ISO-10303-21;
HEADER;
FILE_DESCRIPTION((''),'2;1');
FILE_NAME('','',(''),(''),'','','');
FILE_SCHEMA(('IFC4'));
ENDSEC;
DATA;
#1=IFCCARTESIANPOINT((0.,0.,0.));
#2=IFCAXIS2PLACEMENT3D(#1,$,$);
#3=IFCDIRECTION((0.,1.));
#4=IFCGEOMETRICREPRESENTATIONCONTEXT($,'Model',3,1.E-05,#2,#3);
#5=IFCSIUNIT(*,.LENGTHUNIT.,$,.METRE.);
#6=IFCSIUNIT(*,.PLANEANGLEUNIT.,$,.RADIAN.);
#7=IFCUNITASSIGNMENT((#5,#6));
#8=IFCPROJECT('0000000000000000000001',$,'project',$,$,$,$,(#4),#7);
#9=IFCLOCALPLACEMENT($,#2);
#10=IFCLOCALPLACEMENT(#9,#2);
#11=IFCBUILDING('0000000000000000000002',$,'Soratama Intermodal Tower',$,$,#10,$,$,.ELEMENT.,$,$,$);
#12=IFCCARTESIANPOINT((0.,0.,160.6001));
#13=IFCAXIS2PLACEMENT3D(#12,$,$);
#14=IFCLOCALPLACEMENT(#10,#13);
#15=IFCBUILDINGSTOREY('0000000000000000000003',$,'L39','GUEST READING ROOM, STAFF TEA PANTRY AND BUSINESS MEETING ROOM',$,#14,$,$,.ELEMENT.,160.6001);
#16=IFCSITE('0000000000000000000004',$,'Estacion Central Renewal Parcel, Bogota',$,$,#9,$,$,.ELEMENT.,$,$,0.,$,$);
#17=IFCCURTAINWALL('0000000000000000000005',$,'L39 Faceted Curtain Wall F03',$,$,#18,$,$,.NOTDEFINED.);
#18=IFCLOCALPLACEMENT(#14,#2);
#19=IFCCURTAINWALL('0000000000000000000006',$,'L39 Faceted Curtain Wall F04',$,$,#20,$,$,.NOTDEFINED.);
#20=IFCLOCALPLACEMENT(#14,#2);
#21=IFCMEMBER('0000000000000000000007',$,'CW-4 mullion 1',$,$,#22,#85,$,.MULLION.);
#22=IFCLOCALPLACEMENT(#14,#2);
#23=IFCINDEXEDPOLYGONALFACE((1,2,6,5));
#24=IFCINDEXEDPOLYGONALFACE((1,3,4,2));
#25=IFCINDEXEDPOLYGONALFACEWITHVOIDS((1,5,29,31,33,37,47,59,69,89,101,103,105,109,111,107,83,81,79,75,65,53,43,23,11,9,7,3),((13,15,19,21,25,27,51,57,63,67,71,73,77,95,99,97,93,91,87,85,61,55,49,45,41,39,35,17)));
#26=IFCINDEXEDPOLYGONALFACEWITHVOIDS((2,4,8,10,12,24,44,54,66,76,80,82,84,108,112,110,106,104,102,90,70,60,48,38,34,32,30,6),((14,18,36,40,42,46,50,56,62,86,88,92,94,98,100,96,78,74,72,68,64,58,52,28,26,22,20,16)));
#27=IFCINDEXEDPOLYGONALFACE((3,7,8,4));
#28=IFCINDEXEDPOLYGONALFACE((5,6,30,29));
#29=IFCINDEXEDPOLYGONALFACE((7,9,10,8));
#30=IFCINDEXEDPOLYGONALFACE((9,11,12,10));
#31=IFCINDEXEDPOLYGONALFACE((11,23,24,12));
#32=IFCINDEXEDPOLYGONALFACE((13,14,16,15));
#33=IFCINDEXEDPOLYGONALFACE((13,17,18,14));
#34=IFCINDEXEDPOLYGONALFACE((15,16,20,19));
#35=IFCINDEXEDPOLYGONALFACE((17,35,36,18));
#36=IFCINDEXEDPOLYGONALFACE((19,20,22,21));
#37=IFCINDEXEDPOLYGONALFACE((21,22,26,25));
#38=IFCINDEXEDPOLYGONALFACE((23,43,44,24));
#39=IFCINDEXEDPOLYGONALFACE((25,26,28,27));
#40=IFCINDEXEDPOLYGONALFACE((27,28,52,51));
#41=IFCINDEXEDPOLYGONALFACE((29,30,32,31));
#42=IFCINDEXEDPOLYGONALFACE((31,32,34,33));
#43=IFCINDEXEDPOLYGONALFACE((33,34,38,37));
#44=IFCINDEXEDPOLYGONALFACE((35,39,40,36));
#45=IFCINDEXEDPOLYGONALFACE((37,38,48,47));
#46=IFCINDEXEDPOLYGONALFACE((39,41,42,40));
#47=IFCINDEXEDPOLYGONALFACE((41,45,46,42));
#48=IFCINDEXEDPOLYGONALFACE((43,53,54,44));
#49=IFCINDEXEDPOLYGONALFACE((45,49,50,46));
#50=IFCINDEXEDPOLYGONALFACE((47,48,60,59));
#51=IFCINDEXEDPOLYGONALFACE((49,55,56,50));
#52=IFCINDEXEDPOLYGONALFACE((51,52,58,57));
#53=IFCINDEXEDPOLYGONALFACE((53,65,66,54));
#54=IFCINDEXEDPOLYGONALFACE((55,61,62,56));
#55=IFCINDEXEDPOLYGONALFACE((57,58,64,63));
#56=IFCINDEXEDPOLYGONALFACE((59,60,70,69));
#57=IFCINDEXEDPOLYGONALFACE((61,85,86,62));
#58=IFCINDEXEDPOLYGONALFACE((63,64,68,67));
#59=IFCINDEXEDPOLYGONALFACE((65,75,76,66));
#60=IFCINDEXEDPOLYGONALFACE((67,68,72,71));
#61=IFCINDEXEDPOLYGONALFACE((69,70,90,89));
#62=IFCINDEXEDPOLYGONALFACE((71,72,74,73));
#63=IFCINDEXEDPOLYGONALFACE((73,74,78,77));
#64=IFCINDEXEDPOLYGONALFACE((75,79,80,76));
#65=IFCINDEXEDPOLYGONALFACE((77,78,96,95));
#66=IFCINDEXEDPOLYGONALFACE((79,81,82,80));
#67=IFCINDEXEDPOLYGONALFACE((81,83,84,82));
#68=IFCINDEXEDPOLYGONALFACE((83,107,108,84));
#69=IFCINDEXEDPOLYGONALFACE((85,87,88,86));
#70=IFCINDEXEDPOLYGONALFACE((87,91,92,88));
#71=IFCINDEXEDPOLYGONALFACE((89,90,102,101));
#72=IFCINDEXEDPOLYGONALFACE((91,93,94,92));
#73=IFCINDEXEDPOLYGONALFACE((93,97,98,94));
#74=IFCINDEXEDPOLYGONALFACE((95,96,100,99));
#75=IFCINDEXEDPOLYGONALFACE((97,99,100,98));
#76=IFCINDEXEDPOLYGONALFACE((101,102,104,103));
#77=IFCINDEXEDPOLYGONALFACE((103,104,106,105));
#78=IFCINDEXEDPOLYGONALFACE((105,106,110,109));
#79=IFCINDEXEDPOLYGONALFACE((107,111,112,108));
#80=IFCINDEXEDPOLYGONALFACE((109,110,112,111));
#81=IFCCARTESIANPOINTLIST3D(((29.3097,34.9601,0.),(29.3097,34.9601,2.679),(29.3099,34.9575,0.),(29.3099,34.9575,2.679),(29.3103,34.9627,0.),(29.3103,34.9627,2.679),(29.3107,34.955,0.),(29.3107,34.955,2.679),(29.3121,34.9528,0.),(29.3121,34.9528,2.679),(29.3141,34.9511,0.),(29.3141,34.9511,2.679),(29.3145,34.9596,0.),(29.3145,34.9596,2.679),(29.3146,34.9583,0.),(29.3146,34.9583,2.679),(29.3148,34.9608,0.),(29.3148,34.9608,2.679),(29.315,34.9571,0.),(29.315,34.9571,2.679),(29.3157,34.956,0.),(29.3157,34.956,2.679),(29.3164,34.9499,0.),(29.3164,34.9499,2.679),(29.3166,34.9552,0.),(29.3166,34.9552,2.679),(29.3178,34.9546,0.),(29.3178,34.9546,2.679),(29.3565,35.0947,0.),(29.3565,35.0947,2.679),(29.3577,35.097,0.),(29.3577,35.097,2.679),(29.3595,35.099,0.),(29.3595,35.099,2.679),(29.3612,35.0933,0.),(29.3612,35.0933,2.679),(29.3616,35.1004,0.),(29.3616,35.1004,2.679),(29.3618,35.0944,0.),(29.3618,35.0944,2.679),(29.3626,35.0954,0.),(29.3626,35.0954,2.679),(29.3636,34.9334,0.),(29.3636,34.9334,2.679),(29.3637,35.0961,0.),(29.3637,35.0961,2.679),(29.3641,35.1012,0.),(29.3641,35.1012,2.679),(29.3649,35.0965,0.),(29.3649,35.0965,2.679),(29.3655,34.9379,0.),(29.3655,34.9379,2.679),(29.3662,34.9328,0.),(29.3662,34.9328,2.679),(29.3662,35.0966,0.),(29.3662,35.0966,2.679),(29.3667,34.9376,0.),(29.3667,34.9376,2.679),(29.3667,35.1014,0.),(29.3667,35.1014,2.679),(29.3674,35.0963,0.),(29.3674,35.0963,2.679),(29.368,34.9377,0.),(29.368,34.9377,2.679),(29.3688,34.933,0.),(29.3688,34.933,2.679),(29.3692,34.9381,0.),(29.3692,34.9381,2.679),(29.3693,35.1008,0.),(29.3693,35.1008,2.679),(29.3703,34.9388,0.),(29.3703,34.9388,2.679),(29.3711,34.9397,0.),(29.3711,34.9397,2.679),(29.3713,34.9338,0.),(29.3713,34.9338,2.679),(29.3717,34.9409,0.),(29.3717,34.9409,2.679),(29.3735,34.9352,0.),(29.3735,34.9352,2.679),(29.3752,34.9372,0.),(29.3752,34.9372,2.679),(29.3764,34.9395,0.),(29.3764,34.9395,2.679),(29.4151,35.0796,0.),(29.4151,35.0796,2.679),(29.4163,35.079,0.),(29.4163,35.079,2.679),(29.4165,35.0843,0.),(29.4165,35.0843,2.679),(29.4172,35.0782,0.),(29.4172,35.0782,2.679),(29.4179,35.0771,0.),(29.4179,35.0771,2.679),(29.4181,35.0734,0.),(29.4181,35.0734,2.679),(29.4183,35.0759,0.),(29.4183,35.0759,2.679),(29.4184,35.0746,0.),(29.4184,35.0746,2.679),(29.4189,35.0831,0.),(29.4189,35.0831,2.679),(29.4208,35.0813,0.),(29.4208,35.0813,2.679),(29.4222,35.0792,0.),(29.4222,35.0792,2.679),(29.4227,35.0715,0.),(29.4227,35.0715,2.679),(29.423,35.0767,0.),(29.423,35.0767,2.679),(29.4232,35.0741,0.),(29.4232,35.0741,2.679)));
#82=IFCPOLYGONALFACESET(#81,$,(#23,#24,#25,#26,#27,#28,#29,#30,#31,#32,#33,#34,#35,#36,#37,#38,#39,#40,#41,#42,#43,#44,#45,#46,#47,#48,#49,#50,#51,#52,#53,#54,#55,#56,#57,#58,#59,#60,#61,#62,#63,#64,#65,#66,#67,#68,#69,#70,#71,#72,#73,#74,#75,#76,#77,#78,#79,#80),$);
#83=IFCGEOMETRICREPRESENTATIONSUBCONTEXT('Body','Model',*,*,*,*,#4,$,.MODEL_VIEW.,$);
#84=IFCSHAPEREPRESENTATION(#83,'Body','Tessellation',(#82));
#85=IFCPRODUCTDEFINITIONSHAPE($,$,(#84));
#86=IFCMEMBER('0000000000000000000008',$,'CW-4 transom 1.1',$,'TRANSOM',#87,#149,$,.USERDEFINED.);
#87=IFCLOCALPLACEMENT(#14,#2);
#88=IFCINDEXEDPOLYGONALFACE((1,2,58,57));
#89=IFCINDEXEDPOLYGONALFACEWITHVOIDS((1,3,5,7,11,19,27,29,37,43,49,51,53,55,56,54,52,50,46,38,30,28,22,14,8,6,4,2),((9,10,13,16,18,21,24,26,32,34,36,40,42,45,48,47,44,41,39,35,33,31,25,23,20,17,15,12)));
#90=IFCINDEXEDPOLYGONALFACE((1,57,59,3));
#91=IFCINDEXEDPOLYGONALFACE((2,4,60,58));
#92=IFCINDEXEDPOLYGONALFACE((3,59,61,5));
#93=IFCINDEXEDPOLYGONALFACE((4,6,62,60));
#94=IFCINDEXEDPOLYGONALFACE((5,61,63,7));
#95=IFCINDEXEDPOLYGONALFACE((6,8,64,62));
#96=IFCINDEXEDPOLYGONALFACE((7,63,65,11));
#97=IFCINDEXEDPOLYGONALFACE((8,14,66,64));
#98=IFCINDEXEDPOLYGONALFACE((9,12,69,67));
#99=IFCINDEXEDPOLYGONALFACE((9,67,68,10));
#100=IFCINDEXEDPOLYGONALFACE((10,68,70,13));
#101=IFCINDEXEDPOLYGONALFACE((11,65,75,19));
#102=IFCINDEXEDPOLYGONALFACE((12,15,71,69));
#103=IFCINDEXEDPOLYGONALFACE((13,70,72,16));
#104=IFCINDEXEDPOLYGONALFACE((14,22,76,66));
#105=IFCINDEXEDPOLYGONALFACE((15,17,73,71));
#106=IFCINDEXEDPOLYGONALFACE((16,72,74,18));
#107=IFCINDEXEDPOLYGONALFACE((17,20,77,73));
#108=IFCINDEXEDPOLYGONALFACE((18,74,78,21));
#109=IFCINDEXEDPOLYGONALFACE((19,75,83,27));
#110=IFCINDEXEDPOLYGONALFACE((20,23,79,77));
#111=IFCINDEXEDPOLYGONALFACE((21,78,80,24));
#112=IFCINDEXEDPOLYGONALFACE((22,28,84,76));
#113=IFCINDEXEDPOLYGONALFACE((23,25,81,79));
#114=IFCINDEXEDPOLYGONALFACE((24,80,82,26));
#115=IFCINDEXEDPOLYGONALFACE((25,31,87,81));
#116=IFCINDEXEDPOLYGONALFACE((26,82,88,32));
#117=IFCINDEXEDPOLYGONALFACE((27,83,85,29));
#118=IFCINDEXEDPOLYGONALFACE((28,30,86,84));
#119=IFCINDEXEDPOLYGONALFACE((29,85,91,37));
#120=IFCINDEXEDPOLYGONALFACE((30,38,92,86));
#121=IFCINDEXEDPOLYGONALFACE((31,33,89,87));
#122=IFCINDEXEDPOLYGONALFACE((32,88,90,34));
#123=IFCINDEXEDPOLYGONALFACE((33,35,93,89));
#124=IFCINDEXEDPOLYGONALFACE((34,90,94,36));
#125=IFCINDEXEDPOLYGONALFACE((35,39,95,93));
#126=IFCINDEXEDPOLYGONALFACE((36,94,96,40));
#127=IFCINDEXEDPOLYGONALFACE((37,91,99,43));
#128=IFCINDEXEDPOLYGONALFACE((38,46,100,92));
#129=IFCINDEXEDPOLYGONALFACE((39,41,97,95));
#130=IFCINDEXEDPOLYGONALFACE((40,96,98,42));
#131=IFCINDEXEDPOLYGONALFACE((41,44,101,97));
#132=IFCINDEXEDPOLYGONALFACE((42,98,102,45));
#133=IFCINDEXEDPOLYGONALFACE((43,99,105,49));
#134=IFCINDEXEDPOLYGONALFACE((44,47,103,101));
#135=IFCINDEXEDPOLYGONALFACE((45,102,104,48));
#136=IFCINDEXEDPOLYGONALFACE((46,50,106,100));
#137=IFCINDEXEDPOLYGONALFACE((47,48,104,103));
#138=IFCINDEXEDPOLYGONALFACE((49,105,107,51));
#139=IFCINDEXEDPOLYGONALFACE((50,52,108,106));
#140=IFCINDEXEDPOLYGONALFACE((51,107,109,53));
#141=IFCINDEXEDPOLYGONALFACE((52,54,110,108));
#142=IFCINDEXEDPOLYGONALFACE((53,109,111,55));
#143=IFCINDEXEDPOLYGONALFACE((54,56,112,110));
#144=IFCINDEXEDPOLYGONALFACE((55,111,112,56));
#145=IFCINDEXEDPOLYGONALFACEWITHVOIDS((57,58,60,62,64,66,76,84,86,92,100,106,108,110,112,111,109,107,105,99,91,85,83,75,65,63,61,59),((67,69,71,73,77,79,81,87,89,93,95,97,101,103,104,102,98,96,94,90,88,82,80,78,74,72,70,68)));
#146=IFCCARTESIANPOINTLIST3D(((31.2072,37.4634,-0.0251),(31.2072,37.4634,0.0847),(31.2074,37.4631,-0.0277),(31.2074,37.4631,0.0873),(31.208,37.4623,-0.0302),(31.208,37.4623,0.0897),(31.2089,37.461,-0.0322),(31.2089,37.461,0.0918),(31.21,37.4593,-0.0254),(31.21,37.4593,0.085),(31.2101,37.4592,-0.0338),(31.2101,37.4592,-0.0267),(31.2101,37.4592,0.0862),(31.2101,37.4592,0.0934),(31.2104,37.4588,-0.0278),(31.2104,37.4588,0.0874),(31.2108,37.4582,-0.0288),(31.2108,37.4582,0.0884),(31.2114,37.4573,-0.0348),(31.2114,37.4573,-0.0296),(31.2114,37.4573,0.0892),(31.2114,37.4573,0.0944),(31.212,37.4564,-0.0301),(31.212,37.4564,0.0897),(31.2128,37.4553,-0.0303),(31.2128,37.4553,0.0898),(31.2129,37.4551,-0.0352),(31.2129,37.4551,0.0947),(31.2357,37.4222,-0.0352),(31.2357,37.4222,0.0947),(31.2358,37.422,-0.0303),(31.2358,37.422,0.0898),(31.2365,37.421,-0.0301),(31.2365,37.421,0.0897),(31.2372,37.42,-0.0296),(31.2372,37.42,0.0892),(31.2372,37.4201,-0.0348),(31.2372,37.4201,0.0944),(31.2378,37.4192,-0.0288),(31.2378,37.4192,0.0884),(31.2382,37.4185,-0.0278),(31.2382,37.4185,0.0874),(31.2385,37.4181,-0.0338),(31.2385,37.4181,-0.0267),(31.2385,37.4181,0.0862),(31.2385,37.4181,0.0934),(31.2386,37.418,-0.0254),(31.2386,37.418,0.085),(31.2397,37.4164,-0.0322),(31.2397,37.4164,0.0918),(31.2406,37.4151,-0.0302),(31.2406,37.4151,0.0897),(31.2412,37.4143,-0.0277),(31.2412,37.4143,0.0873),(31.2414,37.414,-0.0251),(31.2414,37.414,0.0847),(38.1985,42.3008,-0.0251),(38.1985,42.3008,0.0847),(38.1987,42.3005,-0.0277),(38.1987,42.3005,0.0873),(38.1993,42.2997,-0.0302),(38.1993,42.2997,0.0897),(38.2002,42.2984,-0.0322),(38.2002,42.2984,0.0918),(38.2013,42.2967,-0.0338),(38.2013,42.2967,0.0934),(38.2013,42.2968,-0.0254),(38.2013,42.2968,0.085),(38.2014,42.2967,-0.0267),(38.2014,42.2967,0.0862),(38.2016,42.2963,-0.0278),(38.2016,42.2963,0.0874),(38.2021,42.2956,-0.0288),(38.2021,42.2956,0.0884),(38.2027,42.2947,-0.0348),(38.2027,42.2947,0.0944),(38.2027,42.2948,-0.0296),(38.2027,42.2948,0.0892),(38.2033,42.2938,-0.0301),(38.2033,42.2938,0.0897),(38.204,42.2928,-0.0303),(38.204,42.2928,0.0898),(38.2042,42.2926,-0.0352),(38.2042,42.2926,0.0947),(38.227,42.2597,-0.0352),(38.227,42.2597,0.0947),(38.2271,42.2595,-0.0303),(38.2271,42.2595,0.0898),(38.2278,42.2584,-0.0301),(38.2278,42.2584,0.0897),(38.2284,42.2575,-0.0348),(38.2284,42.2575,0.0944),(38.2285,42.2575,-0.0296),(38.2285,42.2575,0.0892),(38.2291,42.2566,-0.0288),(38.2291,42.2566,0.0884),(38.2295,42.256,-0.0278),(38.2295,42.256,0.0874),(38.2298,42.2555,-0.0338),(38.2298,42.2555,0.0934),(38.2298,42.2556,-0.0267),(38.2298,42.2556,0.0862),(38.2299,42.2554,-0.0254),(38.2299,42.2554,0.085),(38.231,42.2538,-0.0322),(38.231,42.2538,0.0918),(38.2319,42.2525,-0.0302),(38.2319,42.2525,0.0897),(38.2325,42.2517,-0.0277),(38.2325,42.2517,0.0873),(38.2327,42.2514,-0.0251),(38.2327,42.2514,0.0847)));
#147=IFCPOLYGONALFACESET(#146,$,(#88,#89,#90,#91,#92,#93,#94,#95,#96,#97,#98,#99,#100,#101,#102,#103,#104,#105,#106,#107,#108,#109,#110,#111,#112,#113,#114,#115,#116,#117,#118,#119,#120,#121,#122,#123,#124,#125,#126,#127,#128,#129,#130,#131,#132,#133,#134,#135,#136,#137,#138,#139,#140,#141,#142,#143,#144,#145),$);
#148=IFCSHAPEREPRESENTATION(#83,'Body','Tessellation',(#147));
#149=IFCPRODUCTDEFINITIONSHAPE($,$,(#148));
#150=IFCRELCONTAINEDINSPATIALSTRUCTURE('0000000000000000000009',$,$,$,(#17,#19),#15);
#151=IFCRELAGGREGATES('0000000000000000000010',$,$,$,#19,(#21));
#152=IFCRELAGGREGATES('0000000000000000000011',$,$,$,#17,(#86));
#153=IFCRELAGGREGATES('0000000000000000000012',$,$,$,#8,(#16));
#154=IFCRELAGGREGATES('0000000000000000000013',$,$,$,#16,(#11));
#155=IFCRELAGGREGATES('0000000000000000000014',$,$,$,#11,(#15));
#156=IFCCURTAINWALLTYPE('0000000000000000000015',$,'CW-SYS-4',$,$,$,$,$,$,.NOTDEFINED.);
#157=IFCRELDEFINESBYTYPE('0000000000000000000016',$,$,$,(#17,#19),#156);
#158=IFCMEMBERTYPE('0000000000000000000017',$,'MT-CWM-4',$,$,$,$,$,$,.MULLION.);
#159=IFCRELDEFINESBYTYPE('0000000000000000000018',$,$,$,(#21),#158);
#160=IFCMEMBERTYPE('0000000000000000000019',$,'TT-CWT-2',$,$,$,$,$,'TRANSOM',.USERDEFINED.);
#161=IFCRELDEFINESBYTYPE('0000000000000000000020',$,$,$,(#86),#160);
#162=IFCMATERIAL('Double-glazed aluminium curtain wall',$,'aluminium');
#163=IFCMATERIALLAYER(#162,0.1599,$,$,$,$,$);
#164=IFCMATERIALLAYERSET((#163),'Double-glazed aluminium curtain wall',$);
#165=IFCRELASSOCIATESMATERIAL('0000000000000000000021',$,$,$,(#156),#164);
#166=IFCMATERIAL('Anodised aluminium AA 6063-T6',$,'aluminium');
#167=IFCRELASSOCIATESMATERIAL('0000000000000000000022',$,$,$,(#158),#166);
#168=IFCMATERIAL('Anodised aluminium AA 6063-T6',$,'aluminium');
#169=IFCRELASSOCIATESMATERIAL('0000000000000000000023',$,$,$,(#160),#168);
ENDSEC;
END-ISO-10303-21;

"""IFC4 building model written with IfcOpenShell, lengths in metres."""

from ifc_helpers import new_model, si_unit, direction, frame, origin, origin_2d, place, context, subcontext, project, spatial, hollow_rectangle, extrude, material, layer, layer_set, material_profile, profile_set, type_object, element, aggregate, save


model = new_model("IFC4")

# Units and contexts
model_context = context("Model", 3, precision=1e-05, world=origin(), true_north=direction((0.0, 1.0)))
body_context = subcontext(model_context, "Body", "Model", "MODEL_VIEW")
ifc_project = project(units=[si_unit("LENGTHUNIT", "METRE"), si_unit("PLANEANGLEUNIT", "RADIAN")], contexts=[model_context])

# Site, building, storey
site_placement = place(None, origin())
site = spatial("IfcSite", under=ifc_project, at=site_placement, Name="Estacion Central Renewal Parcel, Bogota", CompositionType="ELEMENT", RefElevation=0.0)
building_placement = place(site_placement, origin())
building = spatial("IfcBuilding", under=site, at=building_placement, Name="Soratama Intermodal Tower", CompositionType="ELEMENT")
storey_placement = place(building_placement, frame((0.0, 0.0, 160.6001)))
storey = spatial("IfcBuildingStorey", under=building, at=storey_placement, Name="L39", Description="GUEST READING ROOM, STAFF TEA PANTRY AND BUSINESS MEETING ROOM", CompositionType="ELEMENT", Elevation=160.6001)

# Curtain wall
ifc_material_1 = material(Name="Double-glazed aluminium curtain wall", Category="aluminium")
ifc_layer_1 = layer(ifc_material_1, 0.1599)
ifc_layer_set_1 = layer_set([ifc_layer_1], Name="Double-glazed aluminium curtain wall")
curtain_wall_type = type_object("IfcCurtainWallType", Name="CW-SYS-4", PredefinedType="NOTDEFINED", material=ifc_layer_set_1)
curtain_wall_1_placement = place(storey_placement, origin())
curtain_wall_1 = element("IfcCurtainWall", 1, at=curtain_wall_1_placement, inside=storey, type_object=curtain_wall_type, Name="L39 Faceted Curtain Wall F03", PredefinedType="NOTDEFINED")
ifc_material_2 = material(Name="Anodised aluminium AA 6063-T6", Category="aluminium")
ifc_material_profile_1 = material_profile(ifc_material_2, hollow_rectangle(XDim=0.0701, YDim=0.1599, WallThickness=0.0049, InnerFilletRadius=0.0049, OuterFilletRadius=0.01, at=origin_2d()), Name="CWM160X70X5")
ifc_profile_set_1 = profile_set([ifc_material_profile_1], Name="Anodised aluminium AA 6063-T6")
member_type_1 = type_object("IfcMemberType", Name="MT-CWM-4", PredefinedType="MULLION", material=ifc_profile_set_1)

# Curtain wall, member
curtain_wall_2_placement = place(storey_placement, origin())
curtain_wall_2 = element("IfcCurtainWall", 2, at=curtain_wall_2_placement, inside=storey, type_object=curtain_wall_type, Name="L39 Faceted Curtain Wall F04", PredefinedType="NOTDEFINED")
member_1_placement = place(storey_placement, frame((29.3665, 35.0171, 0.0), z_axis=(0.0, 0.0, 1.0), x_axis=(0.943685, -0.330846, 0.0)))
member_1 = element("IfcMember", 3, at=member_1_placement, type_object=member_type_1, Name="CW-4 mullion 1", PredefinedType="MULLION", context=body_context, shape_type="SweptSolid", body=[
    extrude(hollow_rectangle(XDim=0.0701, YDim=0.1599, WallThickness=0.0049, InnerFilletRadius=0.0049, OuterFilletRadius=0.01, at=origin_2d()), origin(), (0.0, 0.0, 1.0), 2.679),
])

# Member
ifc_material_3 = material(Name="Anodised aluminium AA 6063-T6", Category="aluminium")
ifc_material_profile_2 = material_profile(ifc_material_3, hollow_rectangle(XDim=0.0601, YDim=0.1299, WallThickness=0.0049, InnerFilletRadius=0.0049, OuterFilletRadius=0.01, at=origin_2d()), Name="CWT130X60X5")
ifc_profile_set_2 = profile_set([ifc_material_profile_2], Name="Anodised aluminium AA 6063-T6")
member_type_2 = type_object("IfcMemberType", Name="TT-CWT-2", ElementType="TRANSOM", PredefinedType="USERDEFINED", material=ifc_profile_set_2)
member_2_placement = place(storey_placement, frame((38.2156, 42.2761, 0.0298), z_axis=(-0.822339, -0.568998, 0.0), x_axis=(0.568998, -0.822339, 0.0)))
member_2 = element("IfcMember", 4, at=member_2_placement, type_object=member_type_2, Name="CW-4 transom 1.1", ObjectType="TRANSOM", PredefinedType="USERDEFINED", context=body_context, shape_type="SweptSolid", body=[
    extrude(hollow_rectangle(XDim=0.0601, YDim=0.1299, WallThickness=0.0049, InnerFilletRadius=0.0049, OuterFilletRadius=0.01, at=origin_2d()), origin(), (0.0, 0.0, 1.0), 8.5017),
])
aggregate(curtain_wall_2, [member_1])

aggregate(curtain_wall_1, [member_2])

save(model, "model.ifc")
